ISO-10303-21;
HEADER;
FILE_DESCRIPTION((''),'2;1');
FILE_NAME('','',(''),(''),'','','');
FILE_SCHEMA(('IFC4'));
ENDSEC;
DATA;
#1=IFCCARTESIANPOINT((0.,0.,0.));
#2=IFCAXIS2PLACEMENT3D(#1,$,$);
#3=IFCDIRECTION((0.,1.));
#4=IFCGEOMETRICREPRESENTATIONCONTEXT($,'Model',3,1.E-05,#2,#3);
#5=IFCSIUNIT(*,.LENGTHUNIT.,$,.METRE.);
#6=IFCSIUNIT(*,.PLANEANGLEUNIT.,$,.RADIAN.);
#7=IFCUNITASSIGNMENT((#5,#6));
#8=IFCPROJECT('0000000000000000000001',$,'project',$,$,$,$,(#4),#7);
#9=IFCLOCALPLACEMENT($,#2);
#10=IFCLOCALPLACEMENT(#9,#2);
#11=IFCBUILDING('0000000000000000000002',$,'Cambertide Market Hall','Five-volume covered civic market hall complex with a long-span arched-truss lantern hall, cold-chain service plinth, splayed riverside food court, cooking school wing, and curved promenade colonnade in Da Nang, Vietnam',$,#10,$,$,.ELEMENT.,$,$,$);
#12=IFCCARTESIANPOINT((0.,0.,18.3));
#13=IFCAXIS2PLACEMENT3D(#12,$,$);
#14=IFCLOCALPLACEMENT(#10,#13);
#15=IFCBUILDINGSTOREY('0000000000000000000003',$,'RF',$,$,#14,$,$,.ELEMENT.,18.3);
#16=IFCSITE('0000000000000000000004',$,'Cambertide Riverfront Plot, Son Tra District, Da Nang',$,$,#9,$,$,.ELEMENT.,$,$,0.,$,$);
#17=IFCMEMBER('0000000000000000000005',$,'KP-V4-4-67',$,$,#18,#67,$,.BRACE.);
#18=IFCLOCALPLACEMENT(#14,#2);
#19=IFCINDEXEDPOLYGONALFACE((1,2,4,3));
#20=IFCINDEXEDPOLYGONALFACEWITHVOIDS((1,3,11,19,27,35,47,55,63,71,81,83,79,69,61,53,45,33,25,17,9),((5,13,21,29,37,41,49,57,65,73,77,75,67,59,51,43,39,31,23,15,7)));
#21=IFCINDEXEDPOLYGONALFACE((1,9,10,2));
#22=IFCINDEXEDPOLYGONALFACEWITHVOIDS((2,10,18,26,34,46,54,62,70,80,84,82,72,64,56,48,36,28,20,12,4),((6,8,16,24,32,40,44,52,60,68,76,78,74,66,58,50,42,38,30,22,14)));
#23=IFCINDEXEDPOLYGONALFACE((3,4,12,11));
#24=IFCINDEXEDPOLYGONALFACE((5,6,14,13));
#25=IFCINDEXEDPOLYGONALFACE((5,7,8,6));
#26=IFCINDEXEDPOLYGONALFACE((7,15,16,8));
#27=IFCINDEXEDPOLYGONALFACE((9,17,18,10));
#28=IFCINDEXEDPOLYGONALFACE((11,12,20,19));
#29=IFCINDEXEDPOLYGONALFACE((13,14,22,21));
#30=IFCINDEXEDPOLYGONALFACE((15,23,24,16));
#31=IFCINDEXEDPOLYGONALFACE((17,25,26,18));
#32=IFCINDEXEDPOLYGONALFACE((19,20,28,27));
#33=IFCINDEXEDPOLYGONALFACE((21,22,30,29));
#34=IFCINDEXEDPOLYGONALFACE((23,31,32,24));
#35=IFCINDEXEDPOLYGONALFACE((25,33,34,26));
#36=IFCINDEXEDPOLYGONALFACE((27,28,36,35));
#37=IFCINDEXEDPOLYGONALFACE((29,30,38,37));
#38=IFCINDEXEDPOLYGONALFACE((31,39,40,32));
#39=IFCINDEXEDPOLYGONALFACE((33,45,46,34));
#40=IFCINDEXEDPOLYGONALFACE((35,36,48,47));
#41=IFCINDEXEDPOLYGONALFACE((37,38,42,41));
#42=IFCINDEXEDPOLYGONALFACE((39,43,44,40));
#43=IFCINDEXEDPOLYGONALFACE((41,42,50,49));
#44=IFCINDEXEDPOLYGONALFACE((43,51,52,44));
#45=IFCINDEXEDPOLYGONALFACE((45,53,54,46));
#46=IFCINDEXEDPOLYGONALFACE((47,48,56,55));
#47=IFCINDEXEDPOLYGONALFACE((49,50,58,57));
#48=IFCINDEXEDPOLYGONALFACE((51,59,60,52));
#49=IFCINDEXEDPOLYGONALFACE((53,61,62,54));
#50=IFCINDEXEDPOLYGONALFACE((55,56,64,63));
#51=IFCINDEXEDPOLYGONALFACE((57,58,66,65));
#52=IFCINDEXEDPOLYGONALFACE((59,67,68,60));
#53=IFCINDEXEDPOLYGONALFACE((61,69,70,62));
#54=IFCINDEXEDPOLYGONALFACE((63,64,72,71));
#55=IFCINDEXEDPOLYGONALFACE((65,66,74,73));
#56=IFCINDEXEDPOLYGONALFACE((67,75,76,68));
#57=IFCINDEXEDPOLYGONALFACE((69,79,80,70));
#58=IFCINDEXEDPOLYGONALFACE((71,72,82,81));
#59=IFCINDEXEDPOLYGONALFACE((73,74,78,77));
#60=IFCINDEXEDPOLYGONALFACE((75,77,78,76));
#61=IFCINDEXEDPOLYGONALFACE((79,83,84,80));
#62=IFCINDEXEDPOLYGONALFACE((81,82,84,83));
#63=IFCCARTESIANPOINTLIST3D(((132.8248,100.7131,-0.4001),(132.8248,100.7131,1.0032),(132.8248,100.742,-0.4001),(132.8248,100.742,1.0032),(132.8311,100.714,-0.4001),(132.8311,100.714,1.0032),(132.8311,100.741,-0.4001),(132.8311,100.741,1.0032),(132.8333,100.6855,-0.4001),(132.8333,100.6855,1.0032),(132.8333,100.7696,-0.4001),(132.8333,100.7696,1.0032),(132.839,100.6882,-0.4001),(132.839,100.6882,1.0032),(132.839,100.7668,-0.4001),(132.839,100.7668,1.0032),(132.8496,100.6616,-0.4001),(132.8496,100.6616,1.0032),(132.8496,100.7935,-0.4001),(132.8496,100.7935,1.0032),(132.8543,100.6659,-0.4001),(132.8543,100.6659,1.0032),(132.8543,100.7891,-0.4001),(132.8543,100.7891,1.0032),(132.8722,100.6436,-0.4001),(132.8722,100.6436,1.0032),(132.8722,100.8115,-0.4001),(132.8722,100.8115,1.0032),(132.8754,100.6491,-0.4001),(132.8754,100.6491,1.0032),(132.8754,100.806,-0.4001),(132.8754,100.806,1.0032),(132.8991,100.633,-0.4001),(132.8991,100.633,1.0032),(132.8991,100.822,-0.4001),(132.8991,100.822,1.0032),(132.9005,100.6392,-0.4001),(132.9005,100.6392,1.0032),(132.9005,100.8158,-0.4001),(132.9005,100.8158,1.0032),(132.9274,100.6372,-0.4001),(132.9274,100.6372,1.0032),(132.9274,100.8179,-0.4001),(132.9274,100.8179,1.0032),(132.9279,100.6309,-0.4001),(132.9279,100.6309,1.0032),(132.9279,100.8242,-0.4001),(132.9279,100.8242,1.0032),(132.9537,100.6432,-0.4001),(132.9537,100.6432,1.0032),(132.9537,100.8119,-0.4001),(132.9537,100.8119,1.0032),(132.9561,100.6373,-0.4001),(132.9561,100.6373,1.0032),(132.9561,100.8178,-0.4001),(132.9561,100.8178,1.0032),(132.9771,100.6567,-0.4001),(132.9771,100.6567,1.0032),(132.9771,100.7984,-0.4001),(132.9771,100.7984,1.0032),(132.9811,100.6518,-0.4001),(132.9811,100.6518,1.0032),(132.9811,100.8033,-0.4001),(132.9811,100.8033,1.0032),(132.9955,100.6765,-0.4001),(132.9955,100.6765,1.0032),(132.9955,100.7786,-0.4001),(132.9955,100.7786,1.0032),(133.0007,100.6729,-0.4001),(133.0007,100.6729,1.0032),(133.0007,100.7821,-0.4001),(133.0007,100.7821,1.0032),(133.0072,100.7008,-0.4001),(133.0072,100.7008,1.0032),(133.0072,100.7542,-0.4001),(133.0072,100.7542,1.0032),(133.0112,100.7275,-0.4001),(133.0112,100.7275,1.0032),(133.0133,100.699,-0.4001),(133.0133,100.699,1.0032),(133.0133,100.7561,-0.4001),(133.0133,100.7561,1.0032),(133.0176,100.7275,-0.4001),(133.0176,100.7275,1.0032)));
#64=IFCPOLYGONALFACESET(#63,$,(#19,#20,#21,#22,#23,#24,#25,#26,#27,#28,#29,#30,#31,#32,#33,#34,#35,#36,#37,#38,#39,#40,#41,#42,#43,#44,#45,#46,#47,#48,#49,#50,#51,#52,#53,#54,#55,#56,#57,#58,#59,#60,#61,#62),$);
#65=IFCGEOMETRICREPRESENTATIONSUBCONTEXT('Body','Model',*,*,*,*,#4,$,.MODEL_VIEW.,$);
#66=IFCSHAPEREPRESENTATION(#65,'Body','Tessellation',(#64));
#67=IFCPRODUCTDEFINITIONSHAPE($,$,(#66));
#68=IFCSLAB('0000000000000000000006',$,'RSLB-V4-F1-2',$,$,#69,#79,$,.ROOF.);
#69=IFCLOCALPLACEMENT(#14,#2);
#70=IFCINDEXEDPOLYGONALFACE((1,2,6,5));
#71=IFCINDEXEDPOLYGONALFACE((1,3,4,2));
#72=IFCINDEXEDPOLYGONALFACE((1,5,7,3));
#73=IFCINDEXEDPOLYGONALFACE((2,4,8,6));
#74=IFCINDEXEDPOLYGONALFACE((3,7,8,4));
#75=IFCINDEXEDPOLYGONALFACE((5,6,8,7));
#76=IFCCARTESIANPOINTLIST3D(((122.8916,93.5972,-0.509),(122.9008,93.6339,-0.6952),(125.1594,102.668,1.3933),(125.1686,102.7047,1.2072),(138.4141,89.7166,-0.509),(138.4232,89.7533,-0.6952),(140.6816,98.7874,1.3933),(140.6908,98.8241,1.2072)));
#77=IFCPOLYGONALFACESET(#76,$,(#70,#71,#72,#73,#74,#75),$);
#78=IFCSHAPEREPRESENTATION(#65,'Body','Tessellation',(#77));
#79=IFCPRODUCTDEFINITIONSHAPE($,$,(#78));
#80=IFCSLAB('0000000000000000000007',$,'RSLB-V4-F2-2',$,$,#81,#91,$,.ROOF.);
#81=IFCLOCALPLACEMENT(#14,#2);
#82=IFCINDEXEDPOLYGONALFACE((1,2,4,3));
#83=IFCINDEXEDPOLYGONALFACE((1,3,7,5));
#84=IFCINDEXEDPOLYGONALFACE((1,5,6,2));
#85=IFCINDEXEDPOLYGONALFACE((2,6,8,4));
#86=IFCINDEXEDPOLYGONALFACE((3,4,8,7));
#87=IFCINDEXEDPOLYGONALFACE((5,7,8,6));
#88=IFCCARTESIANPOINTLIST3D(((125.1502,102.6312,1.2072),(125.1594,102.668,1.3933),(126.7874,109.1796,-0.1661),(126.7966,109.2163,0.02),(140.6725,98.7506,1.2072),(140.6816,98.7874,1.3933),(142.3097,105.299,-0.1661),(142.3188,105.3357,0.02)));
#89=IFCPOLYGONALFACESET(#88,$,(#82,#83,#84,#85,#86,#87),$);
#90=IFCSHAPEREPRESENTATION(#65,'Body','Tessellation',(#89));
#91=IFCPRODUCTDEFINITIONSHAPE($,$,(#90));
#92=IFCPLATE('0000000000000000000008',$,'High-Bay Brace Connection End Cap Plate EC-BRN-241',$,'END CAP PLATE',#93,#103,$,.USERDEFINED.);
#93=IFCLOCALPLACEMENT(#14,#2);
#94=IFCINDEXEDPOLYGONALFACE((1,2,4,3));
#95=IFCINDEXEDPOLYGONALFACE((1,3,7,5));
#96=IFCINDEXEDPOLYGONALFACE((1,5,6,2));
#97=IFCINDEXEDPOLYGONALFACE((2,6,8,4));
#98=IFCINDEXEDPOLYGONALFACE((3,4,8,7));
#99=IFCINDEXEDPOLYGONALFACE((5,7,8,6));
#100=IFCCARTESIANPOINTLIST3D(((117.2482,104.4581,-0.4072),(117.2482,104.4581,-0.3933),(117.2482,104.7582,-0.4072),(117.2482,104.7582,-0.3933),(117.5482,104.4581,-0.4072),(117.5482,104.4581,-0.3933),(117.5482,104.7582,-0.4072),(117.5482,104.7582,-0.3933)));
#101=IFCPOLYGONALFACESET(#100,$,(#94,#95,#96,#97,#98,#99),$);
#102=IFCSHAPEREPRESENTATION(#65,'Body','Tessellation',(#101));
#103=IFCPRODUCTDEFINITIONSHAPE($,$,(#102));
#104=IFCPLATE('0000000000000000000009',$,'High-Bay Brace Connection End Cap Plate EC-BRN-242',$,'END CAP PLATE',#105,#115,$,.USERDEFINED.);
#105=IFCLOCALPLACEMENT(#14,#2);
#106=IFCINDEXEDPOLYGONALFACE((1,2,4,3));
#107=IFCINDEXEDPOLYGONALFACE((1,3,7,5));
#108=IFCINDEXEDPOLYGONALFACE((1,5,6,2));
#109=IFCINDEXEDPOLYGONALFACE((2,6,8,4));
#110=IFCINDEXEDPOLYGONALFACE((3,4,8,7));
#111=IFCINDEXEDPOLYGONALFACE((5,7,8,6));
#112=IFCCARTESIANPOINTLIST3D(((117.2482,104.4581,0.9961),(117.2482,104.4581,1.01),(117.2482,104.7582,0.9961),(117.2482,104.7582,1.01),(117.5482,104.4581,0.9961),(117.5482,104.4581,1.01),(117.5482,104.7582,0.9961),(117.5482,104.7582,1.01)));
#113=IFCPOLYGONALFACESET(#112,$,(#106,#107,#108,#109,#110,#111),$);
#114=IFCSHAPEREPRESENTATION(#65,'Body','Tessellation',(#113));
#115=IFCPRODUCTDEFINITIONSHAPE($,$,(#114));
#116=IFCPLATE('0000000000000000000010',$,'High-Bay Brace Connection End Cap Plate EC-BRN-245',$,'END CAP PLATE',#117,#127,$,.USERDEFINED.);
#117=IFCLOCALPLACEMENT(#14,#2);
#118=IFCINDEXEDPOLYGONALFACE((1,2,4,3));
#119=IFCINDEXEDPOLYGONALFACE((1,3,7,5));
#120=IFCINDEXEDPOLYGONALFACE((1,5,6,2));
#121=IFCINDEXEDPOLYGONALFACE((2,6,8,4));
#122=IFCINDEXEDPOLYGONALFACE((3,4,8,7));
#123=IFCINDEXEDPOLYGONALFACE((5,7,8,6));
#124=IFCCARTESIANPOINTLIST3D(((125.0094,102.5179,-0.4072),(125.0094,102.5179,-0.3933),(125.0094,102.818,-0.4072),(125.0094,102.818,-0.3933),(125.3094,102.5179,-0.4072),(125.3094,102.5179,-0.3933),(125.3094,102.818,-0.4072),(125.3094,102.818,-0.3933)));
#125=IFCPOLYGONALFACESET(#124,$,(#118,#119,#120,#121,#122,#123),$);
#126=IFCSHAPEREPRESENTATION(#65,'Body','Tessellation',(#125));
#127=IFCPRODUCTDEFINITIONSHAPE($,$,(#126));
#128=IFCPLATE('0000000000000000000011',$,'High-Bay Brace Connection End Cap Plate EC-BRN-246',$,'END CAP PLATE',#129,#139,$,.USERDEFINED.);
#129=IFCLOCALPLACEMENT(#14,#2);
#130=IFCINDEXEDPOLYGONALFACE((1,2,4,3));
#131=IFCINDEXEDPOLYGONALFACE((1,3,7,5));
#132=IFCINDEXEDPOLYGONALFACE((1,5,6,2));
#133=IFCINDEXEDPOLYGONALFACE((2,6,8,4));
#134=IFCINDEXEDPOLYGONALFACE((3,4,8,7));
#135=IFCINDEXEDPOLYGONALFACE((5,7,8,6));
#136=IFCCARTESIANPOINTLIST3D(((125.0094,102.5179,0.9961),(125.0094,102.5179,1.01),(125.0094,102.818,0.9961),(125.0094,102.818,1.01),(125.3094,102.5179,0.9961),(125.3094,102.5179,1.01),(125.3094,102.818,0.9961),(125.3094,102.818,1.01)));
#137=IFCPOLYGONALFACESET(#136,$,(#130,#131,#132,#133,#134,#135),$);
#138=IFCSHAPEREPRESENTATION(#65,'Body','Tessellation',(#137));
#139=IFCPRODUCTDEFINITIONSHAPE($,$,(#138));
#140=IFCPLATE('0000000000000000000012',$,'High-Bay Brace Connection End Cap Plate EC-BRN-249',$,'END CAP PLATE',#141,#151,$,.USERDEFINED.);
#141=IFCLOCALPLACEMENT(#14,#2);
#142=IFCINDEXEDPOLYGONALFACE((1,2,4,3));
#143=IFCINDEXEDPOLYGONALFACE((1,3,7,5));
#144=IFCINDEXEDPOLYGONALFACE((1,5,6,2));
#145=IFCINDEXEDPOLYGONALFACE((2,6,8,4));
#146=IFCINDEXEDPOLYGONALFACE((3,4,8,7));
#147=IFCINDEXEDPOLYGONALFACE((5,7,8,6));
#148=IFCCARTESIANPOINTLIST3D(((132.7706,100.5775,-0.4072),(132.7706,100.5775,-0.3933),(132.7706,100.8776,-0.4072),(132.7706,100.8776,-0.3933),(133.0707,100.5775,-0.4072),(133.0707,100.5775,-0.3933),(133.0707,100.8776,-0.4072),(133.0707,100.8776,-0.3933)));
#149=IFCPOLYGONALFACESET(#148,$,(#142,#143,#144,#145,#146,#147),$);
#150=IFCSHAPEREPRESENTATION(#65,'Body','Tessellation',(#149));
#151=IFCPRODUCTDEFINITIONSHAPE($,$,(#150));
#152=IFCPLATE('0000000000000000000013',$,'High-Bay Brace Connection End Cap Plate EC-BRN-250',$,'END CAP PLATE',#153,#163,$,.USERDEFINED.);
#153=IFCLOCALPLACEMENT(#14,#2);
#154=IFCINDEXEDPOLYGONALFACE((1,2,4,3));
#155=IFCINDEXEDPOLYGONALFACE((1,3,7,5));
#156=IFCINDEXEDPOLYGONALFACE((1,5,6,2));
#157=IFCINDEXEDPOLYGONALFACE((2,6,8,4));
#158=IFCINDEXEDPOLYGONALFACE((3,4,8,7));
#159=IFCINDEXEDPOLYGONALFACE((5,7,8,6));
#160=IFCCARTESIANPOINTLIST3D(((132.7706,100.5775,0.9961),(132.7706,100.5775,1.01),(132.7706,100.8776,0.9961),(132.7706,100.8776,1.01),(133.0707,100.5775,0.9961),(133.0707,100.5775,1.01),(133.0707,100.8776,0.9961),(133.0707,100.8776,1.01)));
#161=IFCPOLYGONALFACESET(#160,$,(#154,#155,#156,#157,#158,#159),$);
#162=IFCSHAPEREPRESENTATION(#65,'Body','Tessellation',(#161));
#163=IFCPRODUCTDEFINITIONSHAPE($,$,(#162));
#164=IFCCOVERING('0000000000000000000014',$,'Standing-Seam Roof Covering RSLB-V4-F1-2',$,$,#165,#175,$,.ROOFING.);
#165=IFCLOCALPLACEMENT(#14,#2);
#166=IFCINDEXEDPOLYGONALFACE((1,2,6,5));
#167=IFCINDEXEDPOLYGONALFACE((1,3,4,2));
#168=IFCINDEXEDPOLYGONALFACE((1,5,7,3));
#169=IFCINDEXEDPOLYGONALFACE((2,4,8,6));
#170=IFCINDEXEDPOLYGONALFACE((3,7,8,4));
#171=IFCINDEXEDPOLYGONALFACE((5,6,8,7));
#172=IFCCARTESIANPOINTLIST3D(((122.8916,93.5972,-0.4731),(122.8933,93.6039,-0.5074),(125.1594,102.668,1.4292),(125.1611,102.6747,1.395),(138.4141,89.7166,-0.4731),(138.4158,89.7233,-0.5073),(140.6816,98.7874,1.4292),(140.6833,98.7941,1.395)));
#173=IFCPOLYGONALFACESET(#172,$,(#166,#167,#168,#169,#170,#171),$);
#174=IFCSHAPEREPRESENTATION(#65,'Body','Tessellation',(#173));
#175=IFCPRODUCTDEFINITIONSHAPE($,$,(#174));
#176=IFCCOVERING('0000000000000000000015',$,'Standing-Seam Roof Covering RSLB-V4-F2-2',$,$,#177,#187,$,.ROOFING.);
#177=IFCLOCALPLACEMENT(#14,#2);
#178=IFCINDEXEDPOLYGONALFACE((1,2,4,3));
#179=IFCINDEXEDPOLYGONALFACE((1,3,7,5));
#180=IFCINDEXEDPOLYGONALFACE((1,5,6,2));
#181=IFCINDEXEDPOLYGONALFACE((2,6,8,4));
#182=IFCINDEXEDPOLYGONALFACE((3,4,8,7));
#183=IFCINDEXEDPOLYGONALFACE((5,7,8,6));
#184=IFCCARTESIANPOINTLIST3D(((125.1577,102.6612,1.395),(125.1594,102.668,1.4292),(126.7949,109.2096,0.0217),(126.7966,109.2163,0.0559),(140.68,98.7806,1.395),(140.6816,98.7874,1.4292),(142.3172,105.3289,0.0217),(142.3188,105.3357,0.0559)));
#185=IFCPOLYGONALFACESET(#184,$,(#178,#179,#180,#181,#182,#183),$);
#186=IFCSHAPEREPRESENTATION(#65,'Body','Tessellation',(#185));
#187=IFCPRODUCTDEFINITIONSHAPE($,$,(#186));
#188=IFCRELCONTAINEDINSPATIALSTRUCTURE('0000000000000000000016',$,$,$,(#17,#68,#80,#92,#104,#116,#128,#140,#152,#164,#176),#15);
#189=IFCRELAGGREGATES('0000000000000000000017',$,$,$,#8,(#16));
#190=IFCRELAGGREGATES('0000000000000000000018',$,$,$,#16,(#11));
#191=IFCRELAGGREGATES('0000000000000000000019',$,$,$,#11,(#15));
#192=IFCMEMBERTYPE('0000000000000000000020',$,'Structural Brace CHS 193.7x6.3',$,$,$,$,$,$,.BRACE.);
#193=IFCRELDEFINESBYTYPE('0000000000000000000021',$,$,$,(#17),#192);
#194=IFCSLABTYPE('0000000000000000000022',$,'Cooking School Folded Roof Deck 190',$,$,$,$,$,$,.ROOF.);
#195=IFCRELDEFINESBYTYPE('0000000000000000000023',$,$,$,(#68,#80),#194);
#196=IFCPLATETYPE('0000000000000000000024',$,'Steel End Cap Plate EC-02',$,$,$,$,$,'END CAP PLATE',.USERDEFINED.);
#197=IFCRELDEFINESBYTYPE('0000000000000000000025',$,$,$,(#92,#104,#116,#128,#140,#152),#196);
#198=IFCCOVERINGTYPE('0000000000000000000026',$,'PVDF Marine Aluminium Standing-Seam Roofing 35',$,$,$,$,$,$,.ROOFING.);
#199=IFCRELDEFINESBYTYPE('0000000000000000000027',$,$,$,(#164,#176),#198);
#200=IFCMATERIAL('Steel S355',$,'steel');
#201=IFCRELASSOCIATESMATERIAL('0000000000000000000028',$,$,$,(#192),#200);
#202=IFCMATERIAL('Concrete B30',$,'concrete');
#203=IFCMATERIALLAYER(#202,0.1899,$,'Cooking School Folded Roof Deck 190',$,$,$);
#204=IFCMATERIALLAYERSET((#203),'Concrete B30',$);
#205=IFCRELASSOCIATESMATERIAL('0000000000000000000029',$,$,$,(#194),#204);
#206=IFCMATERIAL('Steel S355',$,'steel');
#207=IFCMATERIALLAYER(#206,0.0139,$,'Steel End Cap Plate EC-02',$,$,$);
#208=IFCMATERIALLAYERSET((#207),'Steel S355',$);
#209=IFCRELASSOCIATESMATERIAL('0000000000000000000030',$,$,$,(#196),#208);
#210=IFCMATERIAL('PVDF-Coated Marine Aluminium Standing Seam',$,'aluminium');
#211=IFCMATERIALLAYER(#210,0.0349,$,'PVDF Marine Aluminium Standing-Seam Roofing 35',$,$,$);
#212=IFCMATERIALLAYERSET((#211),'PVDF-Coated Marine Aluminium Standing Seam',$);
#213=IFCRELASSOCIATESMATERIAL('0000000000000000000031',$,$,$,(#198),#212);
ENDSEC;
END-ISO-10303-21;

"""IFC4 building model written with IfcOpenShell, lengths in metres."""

from ifc_helpers import new_model, si_unit, direction, frame, origin, origin_2d, place, context, subcontext, project, spatial, polyline, rectangle, hollow_circle, outline, extrude, material, layer, layer_set, material_profile, profile_set, type_object, element, save


model = new_model("IFC4")

# Units and contexts
model_context = context("Model", 3, precision=1e-05, world=origin(), true_north=direction((0.0, 1.0)))
body_context = subcontext(model_context, "Body", "Model", "MODEL_VIEW")
ifc_project = project(units=[si_unit("LENGTHUNIT", "METRE"), si_unit("PLANEANGLEUNIT", "RADIAN")], contexts=[model_context])

# Site, building, storey
site_placement = place(None, origin())
site = spatial("IfcSite", under=ifc_project, at=site_placement, Name="Cambertide Riverfront Plot, Son Tra District, Da Nang", CompositionType="ELEMENT", RefElevation=0.0)
building_placement = place(site_placement, origin())
building = spatial("IfcBuilding", under=site, at=building_placement, Name="Cambertide Market Hall", Description="Five-volume covered civic market hall complex with a long-span arched-truss lantern hall, cold-chain service plinth, splayed riverside food court, cooking school wing, and curved promenade colonnade in Da Nang, Vietnam", CompositionType="ELEMENT")
storey_placement = place(building_placement, frame((0.0, 0.0, 18.3)))
storey = spatial("IfcBuildingStorey", under=building, at=storey_placement, Name="RF", CompositionType="ELEMENT", Elevation=18.3)

# Member
ifc_material_1 = material(Name="Steel S355", Category="steel")
ifc_material_profile_1 = material_profile(ifc_material_1, hollow_circle(Radius=0.0969, WallThickness=0.0063, at=origin_2d()), Name="CHS 193.7x6.3")
ifc_profile_set_1 = profile_set([ifc_material_profile_1], Name="Steel S355")
member_type_1 = type_object("IfcMemberType", Name="Structural Brace CHS 193.7x6.3", PredefinedType="BRACE", material=ifc_profile_set_1)
for number, where, z_axis, x_axis, name in (
    (1, (132.9207, 100.7275, -0.4001), (0.0, 0.0, 1.0), (1.0, 0.0, 0.0), "KP-V4-4-67"),
):
    element("IfcMember", number, at=place(storey_placement, frame(where, z_axis=z_axis, x_axis=x_axis)), inside=storey, type_object=member_type_1, Name=name, PredefinedType="BRACE", context=body_context, shape_type="SweptSolid", body=[
        extrude(hollow_circle(Radius=0.0969, WallThickness=0.0063, at=origin_2d()), origin(), (0.0, 0.0, 1.0), 1.4033),
    ])

# Slabs
ifc_material_2 = material(Name="Concrete B30", Category="concrete")
ifc_layer_1 = layer(ifc_material_2, 0.1899, Name="Cooking School Folded Roof Deck 190")
ifc_layer_set_1 = layer_set([ifc_layer_1], Name="Concrete B30")
slab_type = type_object("IfcSlabType", Name="Cooking School Folded Roof Deck 190", PredefinedType="ROOF", material=ifc_layer_set_1)
slab_1_placement = place(storey_placement, frame((122.8916, 93.5972, -0.509), z_axis=(-0.048356, -0.193422, 0.979923), x_axis=(0.970142, -0.242536, 0.0)))
element("IfcSlab", 2, at=slab_1_placement, inside=storey, type_object=slab_type, Name="RSLB-V4-F1-2", PredefinedType="ROOF", context=body_context, shape_type="SweptSolid", body=[
    extrude(outline(polyline([(0.0, 0.0), (16.0002, 0.0), (16.0001, 9.5415), (0.0001, 9.5416), (0.0, 0.0)])), origin(), (0.0, 0.0, -1.0), 0.1899),
])
slab_2_placement = place(storey_placement, frame((125.1594, 102.668, 1.3933), z_axis=(0.048355, 0.193416, 0.979924), x_axis=(0.970142, -0.242539, 0.0)))
element("IfcSlab", 3, at=slab_2_placement, inside=storey, type_object=slab_type, Name="RSLB-V4-F2-2", PredefinedType="ROOF", context=body_context, shape_type="SweptSolid", body=[
    extrude(outline(polyline([(0.0, 0.0), (15.9999, 0.0), (16.0, 6.8882), (0.0001, 6.8882), (0.0, 0.0)])), origin(), (0.0, 0.0, -1.0), 0.1899),
])

# Plates
ifc_material_3 = material(Name="Steel S355", Category="steel")
ifc_layer_2 = layer(ifc_material_3, 0.0139, Name="Steel End Cap Plate EC-02")
ifc_layer_set_2 = layer_set([ifc_layer_2], Name="Steel S355")
plate_type = type_object("IfcPlateType", Name="Steel End Cap Plate EC-02", ElementType="END CAP PLATE", PredefinedType="USERDEFINED", material=ifc_layer_set_2)
for number, where, z_axis, x_axis, name in (
    (4, (117.3982, 104.6082, -0.4072), (0.0, 0.0, 1.0), (1.0, 0.0, 0.0), "High-Bay Brace Connection End Cap Plate EC-BRN-241"),
    (5, (117.3982, 104.6082, 0.9961), (0.0, 0.0, 1.0), (1.0, 0.0, 0.0), "High-Bay Brace Connection End Cap Plate EC-BRN-242"),
    (6, (125.1594, 102.668, -0.4072), (0.0, 0.0, 1.0), (1.0, 0.0, 0.0), "High-Bay Brace Connection End Cap Plate EC-BRN-245"),
    (7, (125.1594, 102.668, 0.9961), (0.0, 0.0, 1.0), (1.0, 0.0, 0.0), "High-Bay Brace Connection End Cap Plate EC-BRN-246"),
    (8, (132.9207, 100.7275, -0.4072), (0.0, 0.0, 1.0), (1.0, 0.0, 0.0), "High-Bay Brace Connection End Cap Plate EC-BRN-249"),
    (9, (132.9207, 100.7275, 0.9961), (0.0, 0.0, 1.0), (1.0, 0.0, 0.0), "High-Bay Brace Connection End Cap Plate EC-BRN-250"),
):
    element("IfcPlate", number, at=place(storey_placement, frame(where, z_axis=z_axis, x_axis=x_axis)), inside=storey, type_object=plate_type, Name=name, ObjectType="END CAP PLATE", PredefinedType="USERDEFINED", context=body_context, shape_type="SweptSolid", body=[
        extrude(rectangle(XDim=0.3, YDim=0.3, at=origin_2d()), origin(), (0.0, 0.0, 1.0), 0.0139),
    ])

# Coverings
ifc_material_4 = material(Name="PVDF-Coated Marine Aluminium Standing Seam", Category="aluminium")
ifc_layer_3 = layer(ifc_material_4, 0.0349, Name="PVDF Marine Aluminium Standing-Seam Roofing 35")
ifc_layer_set_3 = layer_set([ifc_layer_3], Name="PVDF-Coated Marine Aluminium Standing Seam")
covering_type = type_object("IfcCoveringType", Name="PVDF Marine Aluminium Standing-Seam Roofing 35", PredefinedType="ROOFING", material=ifc_layer_set_3)
covering_1_placement = place(storey_placement, frame((122.8916, 93.5972, -0.4731), z_axis=(-0.048356, -0.193422, 0.979923), x_axis=(0.970142, -0.242536, 0.0)))
element("IfcCovering", 10, at=covering_1_placement, inside=storey, type_object=covering_type, Name="Standing-Seam Roof Covering RSLB-V4-F1-2", PredefinedType="ROOFING", context=body_context, shape_type="SweptSolid", body=[
    extrude(outline(polyline([(0.0, 0.0), (16.0002, 0.0), (16.0001, 9.5415), (0.0001, 9.5416), (0.0, 0.0)])), origin(), (0.0, 0.0, -1.0), 0.0349),
])
covering_2_placement = place(storey_placement, frame((125.1594, 102.668, 1.4292), z_axis=(0.048355, 0.193416, 0.979924), x_axis=(0.970142, -0.242539, 0.0)))
element("IfcCovering", 11, at=covering_2_placement, inside=storey, type_object=covering_type, Name="Standing-Seam Roof Covering RSLB-V4-F2-2", PredefinedType="ROOFING", context=body_context, shape_type="SweptSolid", body=[
    extrude(outline(polyline([(0.0, 0.0), (15.9999, 0.0), (16.0, 6.8882), (0.0001, 6.8882), (0.0, 0.0)])), origin(), (0.0, 0.0, -1.0), 0.0349),
])

save(model, "model.ifc")
